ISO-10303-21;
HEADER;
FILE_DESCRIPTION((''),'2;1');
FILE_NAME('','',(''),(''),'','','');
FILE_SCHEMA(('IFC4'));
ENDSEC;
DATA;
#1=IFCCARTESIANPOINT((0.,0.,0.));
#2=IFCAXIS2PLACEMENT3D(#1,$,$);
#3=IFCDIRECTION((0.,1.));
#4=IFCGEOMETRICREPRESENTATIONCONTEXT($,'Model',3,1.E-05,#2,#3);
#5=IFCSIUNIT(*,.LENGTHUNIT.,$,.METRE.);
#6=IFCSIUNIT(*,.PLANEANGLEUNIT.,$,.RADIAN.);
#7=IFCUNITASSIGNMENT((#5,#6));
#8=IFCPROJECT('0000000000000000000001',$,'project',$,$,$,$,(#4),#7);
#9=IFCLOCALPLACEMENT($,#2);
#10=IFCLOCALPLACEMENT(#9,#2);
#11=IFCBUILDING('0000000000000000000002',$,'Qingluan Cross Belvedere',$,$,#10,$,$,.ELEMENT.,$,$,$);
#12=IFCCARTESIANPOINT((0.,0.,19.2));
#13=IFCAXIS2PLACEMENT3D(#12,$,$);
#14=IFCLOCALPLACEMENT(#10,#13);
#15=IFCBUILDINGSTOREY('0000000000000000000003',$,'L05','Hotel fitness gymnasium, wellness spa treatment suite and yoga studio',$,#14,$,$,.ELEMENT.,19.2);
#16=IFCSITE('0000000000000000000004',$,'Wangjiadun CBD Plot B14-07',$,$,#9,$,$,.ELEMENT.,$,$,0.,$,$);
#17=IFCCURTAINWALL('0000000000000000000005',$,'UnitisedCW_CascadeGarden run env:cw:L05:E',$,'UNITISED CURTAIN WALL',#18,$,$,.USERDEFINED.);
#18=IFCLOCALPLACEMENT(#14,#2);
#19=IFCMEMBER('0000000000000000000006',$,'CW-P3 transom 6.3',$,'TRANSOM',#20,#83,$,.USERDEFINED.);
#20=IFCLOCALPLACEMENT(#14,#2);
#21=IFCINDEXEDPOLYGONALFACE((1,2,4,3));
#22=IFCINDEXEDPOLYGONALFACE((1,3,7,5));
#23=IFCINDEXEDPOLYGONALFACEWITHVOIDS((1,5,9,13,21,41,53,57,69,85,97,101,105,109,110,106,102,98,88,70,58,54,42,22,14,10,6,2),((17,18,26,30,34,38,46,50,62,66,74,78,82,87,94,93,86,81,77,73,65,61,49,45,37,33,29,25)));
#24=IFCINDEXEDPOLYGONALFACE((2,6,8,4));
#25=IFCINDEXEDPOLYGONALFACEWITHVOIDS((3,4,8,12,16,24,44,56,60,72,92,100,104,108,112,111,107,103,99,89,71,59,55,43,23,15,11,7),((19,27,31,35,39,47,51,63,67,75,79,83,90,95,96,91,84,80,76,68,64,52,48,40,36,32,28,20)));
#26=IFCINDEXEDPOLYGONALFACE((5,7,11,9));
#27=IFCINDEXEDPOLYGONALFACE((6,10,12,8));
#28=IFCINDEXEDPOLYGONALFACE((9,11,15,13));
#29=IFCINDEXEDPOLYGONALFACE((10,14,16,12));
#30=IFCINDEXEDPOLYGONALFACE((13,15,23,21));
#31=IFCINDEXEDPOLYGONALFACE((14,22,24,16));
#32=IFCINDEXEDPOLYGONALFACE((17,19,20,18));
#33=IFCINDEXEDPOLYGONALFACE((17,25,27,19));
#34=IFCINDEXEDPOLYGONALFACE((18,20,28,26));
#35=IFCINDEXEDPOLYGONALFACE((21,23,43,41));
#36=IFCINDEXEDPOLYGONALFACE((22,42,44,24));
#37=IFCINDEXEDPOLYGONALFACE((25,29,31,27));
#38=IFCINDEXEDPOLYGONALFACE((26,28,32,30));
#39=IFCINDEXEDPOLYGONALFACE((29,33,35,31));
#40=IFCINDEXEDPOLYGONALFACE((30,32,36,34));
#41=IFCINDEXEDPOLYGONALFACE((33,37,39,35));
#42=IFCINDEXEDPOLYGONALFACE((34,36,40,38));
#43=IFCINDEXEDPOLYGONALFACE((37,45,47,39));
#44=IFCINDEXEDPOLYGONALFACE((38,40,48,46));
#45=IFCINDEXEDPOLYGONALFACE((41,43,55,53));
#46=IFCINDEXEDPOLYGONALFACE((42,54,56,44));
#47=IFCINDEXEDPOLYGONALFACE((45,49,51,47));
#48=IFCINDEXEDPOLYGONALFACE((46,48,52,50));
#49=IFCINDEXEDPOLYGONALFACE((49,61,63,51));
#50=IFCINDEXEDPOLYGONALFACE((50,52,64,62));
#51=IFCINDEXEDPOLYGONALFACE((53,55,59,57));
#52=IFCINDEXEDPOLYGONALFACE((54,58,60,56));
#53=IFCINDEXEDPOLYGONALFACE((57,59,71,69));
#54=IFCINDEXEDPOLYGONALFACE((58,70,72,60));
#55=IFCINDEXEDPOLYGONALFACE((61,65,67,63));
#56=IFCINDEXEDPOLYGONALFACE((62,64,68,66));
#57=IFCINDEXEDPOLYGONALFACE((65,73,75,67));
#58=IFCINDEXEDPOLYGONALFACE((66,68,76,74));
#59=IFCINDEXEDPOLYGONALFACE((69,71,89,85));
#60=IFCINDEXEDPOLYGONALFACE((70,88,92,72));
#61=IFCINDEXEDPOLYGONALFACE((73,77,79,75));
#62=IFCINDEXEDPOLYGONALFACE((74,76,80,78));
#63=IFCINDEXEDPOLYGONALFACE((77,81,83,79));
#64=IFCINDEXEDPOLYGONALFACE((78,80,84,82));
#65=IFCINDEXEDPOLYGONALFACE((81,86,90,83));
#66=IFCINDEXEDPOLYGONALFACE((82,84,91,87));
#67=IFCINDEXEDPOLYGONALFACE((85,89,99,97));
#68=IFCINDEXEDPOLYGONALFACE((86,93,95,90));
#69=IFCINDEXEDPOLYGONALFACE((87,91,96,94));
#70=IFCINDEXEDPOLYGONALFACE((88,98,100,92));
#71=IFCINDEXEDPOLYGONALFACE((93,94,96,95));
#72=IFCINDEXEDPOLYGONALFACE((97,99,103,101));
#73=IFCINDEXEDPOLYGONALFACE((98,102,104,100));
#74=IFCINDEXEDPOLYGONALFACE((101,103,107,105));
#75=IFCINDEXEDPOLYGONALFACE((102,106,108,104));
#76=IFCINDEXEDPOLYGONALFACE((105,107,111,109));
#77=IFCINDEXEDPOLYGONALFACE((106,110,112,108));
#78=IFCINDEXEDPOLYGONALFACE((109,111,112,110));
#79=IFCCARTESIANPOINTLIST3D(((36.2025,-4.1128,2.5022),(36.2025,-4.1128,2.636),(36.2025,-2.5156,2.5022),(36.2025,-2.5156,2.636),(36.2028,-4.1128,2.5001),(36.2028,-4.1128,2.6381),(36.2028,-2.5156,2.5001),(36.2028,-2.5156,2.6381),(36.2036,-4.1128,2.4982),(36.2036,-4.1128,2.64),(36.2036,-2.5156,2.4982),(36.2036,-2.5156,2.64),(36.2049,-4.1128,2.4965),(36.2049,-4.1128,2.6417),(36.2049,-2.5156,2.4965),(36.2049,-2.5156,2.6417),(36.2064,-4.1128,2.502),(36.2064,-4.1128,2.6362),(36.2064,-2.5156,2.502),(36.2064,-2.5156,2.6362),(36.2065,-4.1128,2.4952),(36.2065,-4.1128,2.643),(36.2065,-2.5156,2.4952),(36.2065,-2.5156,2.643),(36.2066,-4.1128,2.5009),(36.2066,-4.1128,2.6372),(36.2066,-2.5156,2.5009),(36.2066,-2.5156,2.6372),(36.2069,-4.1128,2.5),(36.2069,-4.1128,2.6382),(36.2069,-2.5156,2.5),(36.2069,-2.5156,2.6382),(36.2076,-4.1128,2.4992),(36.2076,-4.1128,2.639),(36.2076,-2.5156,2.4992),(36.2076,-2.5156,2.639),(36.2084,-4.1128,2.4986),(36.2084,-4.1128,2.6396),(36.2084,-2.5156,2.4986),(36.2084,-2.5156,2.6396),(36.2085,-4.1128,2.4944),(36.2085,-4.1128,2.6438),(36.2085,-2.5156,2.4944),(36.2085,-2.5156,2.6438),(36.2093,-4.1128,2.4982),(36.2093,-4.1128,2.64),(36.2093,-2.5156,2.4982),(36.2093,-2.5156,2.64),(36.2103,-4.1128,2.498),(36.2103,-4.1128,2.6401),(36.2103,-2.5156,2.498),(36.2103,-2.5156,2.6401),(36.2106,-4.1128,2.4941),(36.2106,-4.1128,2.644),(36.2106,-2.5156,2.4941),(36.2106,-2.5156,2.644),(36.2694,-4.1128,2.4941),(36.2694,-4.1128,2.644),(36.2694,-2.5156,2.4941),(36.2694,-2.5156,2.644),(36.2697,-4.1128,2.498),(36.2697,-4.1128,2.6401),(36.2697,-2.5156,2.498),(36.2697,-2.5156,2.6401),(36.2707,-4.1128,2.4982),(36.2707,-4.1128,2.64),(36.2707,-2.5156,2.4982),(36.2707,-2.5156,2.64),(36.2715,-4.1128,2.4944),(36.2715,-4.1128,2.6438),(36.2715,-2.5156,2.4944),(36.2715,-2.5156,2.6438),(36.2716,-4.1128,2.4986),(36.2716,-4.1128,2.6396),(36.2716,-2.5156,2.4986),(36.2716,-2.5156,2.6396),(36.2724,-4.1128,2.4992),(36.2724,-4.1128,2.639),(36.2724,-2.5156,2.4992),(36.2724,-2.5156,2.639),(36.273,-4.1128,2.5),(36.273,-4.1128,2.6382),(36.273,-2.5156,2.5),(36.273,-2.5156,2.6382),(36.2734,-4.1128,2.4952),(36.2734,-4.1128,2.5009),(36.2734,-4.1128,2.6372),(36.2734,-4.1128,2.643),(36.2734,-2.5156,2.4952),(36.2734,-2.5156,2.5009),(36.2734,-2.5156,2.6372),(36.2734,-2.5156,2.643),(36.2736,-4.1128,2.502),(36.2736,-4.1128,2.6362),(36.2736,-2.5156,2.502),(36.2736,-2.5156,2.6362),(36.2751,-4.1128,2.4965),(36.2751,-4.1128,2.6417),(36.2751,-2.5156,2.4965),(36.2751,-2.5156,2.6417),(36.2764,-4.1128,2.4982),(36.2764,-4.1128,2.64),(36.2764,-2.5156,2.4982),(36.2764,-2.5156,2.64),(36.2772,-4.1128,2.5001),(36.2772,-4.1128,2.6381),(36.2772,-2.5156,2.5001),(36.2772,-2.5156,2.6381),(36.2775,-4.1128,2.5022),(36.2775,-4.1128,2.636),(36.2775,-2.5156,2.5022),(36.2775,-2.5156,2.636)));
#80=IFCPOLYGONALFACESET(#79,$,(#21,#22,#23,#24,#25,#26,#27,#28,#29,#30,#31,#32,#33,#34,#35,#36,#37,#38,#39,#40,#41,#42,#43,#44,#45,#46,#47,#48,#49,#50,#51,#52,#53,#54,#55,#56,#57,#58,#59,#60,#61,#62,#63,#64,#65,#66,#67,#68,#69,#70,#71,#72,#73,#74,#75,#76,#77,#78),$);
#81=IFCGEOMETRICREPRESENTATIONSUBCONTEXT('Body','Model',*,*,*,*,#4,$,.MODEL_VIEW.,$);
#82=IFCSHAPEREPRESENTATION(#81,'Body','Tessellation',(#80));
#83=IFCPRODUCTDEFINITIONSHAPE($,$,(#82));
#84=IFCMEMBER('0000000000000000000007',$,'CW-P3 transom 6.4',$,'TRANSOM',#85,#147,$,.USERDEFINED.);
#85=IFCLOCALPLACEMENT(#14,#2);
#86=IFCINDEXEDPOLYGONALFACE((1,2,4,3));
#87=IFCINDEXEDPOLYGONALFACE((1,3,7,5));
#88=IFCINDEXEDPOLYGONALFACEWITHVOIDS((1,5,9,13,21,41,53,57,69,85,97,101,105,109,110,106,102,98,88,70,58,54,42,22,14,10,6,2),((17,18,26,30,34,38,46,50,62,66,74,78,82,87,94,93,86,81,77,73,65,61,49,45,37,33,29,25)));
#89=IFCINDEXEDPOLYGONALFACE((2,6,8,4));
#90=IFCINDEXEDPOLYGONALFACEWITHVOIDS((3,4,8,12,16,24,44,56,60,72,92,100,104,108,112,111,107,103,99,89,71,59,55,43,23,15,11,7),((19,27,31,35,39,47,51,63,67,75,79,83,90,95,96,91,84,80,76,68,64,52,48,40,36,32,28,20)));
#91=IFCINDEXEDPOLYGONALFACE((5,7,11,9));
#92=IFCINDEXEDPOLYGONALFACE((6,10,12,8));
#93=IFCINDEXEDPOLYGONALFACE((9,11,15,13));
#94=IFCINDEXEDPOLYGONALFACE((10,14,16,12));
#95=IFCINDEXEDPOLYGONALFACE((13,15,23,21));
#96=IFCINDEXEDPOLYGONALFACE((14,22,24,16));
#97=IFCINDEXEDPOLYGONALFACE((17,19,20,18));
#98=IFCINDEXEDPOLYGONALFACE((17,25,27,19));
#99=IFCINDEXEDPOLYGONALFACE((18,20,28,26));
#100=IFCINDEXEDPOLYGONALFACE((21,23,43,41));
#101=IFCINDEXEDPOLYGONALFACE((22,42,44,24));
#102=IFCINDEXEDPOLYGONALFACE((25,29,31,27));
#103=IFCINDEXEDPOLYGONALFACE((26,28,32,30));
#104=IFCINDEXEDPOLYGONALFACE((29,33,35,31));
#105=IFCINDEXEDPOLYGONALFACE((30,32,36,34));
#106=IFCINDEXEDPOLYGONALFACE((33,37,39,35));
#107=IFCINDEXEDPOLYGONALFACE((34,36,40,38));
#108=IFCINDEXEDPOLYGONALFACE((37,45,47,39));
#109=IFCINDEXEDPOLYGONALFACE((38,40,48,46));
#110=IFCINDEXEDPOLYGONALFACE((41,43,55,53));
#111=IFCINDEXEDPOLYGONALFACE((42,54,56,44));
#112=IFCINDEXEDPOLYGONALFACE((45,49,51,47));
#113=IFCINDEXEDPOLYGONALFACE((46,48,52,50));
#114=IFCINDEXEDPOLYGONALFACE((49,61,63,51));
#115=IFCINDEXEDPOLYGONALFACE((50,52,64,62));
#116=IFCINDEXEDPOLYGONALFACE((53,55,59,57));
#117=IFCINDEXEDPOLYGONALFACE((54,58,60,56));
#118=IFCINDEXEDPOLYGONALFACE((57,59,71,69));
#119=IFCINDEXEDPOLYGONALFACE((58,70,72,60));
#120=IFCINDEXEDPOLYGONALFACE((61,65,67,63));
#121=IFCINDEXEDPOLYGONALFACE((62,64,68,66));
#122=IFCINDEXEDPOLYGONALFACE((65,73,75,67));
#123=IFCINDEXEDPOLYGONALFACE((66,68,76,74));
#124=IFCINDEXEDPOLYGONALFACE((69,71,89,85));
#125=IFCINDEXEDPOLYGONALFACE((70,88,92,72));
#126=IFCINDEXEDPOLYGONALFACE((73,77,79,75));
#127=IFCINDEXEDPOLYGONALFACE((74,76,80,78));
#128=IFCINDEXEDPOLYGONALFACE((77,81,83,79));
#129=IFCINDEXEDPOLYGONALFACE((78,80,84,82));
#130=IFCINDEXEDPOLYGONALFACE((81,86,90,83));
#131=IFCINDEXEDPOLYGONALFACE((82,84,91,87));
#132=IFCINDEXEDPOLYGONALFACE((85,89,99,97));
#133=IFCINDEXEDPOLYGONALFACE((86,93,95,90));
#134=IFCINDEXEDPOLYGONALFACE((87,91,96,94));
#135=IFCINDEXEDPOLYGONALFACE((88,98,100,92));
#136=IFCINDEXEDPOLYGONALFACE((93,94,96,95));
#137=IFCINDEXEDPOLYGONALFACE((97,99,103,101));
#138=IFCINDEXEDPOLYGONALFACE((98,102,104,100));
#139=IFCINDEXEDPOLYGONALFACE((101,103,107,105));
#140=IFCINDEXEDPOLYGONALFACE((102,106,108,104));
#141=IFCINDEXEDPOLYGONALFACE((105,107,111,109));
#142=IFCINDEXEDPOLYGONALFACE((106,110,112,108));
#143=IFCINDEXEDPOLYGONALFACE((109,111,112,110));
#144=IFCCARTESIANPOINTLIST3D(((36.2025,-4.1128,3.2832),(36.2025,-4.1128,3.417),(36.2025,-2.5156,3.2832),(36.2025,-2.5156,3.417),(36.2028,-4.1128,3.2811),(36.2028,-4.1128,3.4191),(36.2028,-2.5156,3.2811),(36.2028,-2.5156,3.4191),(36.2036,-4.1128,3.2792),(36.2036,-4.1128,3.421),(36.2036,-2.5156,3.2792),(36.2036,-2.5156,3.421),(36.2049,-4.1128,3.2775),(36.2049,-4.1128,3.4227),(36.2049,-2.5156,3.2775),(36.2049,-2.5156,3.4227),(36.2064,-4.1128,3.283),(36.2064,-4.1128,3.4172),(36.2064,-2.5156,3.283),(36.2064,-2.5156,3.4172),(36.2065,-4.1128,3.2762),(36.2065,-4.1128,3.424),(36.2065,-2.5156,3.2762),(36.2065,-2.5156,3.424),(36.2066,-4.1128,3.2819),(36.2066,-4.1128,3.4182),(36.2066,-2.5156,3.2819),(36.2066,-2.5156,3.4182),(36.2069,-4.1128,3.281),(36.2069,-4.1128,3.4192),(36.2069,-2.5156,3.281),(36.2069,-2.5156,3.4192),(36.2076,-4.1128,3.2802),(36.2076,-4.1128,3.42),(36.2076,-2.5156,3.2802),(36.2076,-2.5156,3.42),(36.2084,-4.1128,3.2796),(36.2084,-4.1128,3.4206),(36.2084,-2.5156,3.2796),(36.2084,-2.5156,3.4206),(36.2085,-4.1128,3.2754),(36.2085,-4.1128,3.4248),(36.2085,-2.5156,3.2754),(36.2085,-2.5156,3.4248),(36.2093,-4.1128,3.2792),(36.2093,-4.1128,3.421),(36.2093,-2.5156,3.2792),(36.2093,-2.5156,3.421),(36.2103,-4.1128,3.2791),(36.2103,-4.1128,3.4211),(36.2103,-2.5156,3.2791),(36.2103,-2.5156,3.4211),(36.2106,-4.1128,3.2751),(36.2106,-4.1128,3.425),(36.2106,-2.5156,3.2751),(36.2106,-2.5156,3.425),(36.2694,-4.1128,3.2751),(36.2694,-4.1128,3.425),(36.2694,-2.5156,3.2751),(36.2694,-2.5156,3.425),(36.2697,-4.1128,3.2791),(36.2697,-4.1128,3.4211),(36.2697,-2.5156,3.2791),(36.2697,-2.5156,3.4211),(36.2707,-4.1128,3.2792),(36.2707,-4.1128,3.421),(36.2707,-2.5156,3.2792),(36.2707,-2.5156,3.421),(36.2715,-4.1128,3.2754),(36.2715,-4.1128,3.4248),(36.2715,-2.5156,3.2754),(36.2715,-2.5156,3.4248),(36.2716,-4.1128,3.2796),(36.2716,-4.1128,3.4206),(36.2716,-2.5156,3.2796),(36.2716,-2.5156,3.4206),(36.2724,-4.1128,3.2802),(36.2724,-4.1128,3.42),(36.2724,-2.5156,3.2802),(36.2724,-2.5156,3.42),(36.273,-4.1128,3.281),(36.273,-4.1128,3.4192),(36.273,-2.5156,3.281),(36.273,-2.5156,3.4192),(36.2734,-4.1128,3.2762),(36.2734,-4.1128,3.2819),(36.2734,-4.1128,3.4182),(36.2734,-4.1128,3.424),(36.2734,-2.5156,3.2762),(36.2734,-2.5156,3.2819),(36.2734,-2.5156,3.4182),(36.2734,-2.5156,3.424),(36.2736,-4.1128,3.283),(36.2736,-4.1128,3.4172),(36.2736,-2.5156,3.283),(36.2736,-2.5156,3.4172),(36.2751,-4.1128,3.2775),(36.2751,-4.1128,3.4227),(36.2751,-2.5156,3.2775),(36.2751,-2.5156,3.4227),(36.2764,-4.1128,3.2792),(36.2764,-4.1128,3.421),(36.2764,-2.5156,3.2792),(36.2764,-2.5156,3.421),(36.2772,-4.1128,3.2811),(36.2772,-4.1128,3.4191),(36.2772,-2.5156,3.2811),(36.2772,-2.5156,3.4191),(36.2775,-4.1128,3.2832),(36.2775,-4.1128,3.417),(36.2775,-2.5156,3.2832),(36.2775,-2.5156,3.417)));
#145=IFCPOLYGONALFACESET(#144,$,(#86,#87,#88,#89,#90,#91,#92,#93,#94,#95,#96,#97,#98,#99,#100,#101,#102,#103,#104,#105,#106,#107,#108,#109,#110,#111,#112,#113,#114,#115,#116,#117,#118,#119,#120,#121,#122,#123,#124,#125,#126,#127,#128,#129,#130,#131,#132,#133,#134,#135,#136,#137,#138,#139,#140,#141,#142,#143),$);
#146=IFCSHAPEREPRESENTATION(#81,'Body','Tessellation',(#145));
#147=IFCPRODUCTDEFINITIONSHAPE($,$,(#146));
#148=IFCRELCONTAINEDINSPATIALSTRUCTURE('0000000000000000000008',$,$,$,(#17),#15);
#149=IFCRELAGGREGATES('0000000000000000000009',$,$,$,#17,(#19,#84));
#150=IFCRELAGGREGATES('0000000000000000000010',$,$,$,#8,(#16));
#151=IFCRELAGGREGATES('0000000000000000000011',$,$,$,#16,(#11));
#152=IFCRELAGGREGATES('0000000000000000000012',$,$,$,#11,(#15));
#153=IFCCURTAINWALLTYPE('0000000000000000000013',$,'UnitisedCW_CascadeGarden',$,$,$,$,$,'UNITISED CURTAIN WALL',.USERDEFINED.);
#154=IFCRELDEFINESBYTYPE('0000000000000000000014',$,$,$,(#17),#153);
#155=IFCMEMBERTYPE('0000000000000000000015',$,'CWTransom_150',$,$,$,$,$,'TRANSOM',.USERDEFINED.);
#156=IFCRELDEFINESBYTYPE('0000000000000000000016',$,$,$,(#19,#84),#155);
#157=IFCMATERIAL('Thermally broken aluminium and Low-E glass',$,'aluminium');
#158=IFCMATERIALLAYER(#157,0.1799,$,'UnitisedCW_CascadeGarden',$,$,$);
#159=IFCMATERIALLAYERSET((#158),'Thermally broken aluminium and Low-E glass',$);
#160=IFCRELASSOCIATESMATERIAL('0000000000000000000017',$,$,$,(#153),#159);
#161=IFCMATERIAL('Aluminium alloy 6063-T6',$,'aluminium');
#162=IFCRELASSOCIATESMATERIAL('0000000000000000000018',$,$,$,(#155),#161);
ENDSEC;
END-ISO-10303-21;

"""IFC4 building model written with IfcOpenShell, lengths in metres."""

from ifc_helpers import new_model, si_unit, direction, frame, origin, origin_2d, place, context, subcontext, project, spatial, hollow_rectangle, extrude, material, layer, layer_set, material_profile, profile_set, type_object, element, aggregate, save


model = new_model("IFC4")

# Units and contexts
model_context = context("Model", 3, precision=1e-05, world=origin(), true_north=direction((0.0, 1.0)))
body_context = subcontext(model_context, "Body", "Model", "MODEL_VIEW")
ifc_project = project(units=[si_unit("LENGTHUNIT", "METRE"), si_unit("PLANEANGLEUNIT", "RADIAN")], contexts=[model_context])

# Site, building, storey
site_placement = place(None, origin())
site = spatial("IfcSite", under=ifc_project, at=site_placement, Name="Wangjiadun CBD Plot B14-07", CompositionType="ELEMENT", RefElevation=0.0)
building_placement = place(site_placement, origin())
building = spatial("IfcBuilding", under=site, at=building_placement, Name="Qingluan Cross Belvedere", CompositionType="ELEMENT")
storey_placement = place(building_placement, frame((0.0, 0.0, 19.2)))
storey = spatial("IfcBuildingStorey", under=building, at=storey_placement, Name="L05", Description="Hotel fitness gymnasium, wellness spa treatment suite and yoga studio", CompositionType="ELEMENT", Elevation=19.2)

# Curtain wall, members
ifc_material_1 = material(Name="Thermally broken aluminium and Low-E glass", Category="aluminium")
ifc_layer_1 = layer(ifc_material_1, 0.1799, Name="UnitisedCW_CascadeGarden")
ifc_layer_set_1 = layer_set([ifc_layer_1], Name="Thermally broken aluminium and Low-E glass")
curtain_wall_type = type_object("IfcCurtainWallType", Name="UnitisedCW_CascadeGarden", ElementType="UNITISED CURTAIN WALL", PredefinedType="USERDEFINED", material=ifc_layer_set_1)
curtain_wall_placement = place(storey_placement, origin())
curtain_wall = element("IfcCurtainWall", 1, at=curtain_wall_placement, inside=storey, type_object=curtain_wall_type, Name="UnitisedCW_CascadeGarden run env:cw:L05:E", ObjectType="UNITISED CURTAIN WALL", PredefinedType="USERDEFINED")
ifc_material_2 = material(Name="Aluminium alloy 6063-T6", Category="aluminium")
ifc_material_profile_1 = material_profile(ifc_material_2, hollow_rectangle(XDim=0.075, YDim=0.1499, WallThickness=0.0039, InnerFilletRadius=0.0039, OuterFilletRadius=0.0081, at=origin_2d()), Name="CWT150x75x4")
ifc_profile_set_1 = profile_set([ifc_material_profile_1], Name="Aluminium alloy 6063-T6")
member_type_1 = type_object("IfcMemberType", Name="CWTransom_150", ElementType="TRANSOM", PredefinedType="USERDEFINED", material=ifc_profile_set_1)
member_1_placement = place(storey_placement, frame((36.24, -2.5156, 2.5691), z_axis=(0.0, -1.0, 0.0), x_axis=(1.0, 0.0, 0.0)))
member_1 = element("IfcMember", 2, at=member_1_placement, type_object=member_type_1, Name="CW-P3 transom 6.3", ObjectType="TRANSOM", PredefinedType="USERDEFINED", context=body_context, shape_type="SweptSolid", body=[
    extrude(hollow_rectangle(XDim=0.075, YDim=0.1499, WallThickness=0.0039, InnerFilletRadius=0.0039, OuterFilletRadius=0.0081, at=origin_2d()), origin(), (0.0, 0.0, 1.0), 1.5972),
])
member_2_placement = place(storey_placement, frame((36.24, -2.5156, 3.3501), z_axis=(0.0, -1.0, 0.0), x_axis=(1.0, 0.0, 0.0)))
member_2 = element("IfcMember", 3, at=member_2_placement, type_object=member_type_1, Name="CW-P3 transom 6.4", ObjectType="TRANSOM", PredefinedType="USERDEFINED", context=body_context, shape_type="SweptSolid", body=[
    extrude(hollow_rectangle(XDim=0.075, YDim=0.1499, WallThickness=0.0039, InnerFilletRadius=0.0039, OuterFilletRadius=0.0081, at=origin_2d()), origin(), (0.0, 0.0, 1.0), 1.5972),
])

aggregate(curtain_wall, [member_1, member_2])

save(model, "model.ifc")
